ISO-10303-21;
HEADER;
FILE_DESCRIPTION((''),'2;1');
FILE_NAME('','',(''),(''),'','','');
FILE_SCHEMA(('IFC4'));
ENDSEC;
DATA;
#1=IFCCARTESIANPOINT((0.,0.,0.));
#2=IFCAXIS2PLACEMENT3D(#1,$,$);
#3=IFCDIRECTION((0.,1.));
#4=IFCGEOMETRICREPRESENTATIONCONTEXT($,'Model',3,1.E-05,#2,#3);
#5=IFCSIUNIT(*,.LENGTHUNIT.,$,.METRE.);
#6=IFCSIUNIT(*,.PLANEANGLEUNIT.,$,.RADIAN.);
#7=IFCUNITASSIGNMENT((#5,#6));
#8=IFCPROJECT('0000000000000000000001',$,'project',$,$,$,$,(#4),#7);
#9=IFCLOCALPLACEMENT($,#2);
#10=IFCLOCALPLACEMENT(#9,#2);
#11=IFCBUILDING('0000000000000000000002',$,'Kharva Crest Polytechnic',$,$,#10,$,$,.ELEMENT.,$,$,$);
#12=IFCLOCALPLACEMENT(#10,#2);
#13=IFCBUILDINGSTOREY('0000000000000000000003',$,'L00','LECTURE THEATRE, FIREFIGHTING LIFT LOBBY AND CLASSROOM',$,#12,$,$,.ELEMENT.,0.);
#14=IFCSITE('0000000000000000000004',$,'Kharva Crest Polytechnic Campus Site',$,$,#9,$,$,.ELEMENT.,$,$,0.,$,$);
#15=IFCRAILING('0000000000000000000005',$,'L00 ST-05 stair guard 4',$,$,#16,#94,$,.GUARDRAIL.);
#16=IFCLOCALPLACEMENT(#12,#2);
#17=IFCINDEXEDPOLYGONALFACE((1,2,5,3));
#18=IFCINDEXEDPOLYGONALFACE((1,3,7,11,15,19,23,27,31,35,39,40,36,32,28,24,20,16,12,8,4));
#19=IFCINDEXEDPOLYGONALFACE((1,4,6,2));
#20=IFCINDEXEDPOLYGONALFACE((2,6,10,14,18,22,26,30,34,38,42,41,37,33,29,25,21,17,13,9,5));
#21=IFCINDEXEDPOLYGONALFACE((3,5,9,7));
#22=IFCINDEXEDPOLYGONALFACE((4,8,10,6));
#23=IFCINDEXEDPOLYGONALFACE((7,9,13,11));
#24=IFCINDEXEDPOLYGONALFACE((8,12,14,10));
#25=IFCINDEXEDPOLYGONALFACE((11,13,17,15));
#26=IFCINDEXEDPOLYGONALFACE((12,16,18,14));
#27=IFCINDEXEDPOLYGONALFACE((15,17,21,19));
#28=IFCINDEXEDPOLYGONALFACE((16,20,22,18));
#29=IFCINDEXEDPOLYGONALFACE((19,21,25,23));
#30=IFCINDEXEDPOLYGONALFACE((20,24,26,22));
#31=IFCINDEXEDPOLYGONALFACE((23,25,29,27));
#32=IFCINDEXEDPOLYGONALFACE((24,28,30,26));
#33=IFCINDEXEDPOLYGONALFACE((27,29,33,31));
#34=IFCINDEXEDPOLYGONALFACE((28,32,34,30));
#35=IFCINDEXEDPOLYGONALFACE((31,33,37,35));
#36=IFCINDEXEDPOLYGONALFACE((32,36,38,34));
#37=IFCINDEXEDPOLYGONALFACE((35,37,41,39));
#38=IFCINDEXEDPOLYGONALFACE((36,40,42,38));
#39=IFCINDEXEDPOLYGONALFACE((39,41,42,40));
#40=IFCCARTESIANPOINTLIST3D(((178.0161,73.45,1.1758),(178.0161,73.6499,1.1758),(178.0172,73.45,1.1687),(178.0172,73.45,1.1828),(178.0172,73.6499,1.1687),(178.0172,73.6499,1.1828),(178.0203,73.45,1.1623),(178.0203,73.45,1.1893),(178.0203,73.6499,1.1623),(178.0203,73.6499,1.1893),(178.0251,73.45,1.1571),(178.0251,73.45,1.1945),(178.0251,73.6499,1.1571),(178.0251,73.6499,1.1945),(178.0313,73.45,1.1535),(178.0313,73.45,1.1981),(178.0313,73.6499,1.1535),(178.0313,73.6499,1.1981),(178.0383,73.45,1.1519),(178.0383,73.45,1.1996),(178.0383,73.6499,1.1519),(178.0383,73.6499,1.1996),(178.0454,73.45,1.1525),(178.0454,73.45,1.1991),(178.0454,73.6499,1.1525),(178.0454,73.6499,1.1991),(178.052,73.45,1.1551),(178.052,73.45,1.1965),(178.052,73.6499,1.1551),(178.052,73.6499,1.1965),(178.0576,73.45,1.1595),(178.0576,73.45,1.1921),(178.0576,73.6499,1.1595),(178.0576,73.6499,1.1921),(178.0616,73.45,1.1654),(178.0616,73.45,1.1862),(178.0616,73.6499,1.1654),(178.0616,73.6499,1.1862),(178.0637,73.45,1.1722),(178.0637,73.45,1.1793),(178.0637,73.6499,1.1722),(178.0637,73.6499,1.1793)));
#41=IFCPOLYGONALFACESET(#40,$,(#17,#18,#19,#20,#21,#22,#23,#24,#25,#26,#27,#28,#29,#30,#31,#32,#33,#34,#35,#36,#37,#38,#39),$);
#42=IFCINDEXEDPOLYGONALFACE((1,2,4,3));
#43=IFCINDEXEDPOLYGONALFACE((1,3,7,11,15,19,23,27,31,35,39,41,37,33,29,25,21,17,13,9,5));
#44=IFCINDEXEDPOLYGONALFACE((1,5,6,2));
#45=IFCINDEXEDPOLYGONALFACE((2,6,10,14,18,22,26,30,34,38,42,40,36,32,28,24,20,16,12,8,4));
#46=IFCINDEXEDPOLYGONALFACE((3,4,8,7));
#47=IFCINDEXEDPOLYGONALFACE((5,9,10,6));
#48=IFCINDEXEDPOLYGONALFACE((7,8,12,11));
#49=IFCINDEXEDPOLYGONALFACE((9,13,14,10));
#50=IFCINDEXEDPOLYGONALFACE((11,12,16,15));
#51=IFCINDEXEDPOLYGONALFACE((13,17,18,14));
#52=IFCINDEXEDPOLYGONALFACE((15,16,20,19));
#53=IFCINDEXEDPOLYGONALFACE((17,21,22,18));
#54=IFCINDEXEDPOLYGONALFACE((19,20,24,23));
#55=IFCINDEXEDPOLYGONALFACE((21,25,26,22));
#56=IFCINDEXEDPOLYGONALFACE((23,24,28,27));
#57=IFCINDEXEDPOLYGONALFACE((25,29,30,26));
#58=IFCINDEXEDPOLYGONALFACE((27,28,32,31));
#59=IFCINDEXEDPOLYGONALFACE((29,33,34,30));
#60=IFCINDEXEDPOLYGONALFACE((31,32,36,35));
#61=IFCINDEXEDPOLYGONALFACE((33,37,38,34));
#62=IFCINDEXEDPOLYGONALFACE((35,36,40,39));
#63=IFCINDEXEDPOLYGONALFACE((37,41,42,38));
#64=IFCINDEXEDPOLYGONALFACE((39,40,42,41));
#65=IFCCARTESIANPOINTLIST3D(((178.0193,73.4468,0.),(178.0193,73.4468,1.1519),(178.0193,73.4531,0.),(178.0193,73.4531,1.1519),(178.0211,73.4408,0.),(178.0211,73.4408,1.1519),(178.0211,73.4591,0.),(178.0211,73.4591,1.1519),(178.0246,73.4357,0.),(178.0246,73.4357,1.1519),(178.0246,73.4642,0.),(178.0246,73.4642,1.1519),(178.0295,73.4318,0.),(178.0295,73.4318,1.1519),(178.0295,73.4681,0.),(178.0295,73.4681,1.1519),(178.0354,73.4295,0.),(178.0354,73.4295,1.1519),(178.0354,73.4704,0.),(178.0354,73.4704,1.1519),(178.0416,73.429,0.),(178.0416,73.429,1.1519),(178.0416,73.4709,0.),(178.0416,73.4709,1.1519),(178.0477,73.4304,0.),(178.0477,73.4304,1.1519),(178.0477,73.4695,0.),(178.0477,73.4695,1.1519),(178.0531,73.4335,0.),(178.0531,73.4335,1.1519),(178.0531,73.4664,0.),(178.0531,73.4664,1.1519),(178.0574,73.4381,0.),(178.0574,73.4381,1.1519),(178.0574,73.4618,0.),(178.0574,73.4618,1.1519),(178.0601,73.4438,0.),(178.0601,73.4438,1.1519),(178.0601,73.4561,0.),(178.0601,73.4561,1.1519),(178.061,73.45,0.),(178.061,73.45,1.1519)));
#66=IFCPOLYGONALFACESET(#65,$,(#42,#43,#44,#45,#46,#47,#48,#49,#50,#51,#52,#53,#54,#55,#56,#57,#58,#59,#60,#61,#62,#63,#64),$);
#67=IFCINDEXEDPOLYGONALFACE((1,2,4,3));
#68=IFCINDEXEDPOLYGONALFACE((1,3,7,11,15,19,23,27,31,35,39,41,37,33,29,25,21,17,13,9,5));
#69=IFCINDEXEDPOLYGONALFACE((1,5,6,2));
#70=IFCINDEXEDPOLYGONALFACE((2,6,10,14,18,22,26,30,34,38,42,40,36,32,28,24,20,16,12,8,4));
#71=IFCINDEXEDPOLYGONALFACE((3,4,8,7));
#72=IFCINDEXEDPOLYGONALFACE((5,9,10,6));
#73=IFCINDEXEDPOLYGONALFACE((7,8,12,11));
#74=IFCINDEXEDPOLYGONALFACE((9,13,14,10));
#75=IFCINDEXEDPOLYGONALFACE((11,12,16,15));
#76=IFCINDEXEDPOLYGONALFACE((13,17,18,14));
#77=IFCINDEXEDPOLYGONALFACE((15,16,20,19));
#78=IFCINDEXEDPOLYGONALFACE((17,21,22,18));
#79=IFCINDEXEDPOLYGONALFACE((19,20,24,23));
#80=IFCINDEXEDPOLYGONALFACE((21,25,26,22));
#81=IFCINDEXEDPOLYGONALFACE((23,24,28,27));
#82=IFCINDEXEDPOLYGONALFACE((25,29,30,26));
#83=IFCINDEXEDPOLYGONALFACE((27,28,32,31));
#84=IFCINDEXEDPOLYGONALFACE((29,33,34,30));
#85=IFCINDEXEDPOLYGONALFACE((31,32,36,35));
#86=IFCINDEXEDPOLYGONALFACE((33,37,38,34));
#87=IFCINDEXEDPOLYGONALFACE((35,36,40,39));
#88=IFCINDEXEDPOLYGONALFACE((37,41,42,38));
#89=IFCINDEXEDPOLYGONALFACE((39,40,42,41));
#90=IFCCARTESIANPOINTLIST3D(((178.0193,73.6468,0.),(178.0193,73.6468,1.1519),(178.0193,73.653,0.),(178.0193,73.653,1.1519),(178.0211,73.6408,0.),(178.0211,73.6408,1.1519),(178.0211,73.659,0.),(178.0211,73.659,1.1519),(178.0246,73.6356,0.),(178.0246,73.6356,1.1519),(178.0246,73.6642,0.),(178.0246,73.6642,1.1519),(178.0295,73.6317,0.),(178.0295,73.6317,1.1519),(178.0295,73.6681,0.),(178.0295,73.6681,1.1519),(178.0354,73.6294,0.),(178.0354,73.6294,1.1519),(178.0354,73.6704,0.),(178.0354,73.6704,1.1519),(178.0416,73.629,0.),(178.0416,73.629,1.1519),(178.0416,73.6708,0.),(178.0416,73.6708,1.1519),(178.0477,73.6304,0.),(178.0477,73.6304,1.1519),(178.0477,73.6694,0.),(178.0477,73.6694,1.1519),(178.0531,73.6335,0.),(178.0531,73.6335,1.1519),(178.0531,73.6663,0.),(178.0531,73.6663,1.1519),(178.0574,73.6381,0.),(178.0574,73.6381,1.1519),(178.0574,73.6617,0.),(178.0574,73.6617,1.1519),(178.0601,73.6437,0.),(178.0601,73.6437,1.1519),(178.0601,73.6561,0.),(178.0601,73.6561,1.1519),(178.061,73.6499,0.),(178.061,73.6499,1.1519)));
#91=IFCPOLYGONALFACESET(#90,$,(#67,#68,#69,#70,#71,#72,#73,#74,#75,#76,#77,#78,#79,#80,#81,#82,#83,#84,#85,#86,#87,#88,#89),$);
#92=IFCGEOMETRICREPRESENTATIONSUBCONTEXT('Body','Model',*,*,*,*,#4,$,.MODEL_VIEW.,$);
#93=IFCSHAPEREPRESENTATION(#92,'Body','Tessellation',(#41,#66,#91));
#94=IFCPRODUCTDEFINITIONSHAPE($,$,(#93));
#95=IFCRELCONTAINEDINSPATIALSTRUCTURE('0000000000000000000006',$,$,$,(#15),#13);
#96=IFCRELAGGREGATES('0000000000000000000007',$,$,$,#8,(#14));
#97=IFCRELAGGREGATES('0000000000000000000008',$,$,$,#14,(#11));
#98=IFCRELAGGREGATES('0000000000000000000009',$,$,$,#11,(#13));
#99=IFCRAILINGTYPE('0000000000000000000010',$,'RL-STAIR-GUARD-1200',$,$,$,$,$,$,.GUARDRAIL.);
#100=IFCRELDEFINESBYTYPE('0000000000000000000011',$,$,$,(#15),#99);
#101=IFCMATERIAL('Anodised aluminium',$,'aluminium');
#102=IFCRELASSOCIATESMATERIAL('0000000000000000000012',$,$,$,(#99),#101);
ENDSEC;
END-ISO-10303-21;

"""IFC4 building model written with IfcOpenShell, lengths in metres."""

from ifc_helpers import new_model, si_unit, direction, frame, origin, origin_2d, place, context, subcontext, project, spatial, circle, extrude, material, type_object, element, save


model = new_model("IFC4")

# Units and contexts
model_context = context("Model", 3, precision=1e-05, world=origin(), true_north=direction((0.0, 1.0)))
body_context = subcontext(model_context, "Body", "Model", "MODEL_VIEW")
ifc_project = project(units=[si_unit("LENGTHUNIT", "METRE"), si_unit("PLANEANGLEUNIT", "RADIAN")], contexts=[model_context])

# Site, building, storey
site_placement = place(None, origin())
site = spatial("IfcSite", under=ifc_project, at=site_placement, Name="Kharva Crest Polytechnic Campus Site", CompositionType="ELEMENT", RefElevation=0.0)
building_placement = place(site_placement, origin())
building = spatial("IfcBuilding", under=site, at=building_placement, Name="Kharva Crest Polytechnic", CompositionType="ELEMENT")
storey_placement = place(building_placement, origin())
storey = spatial("IfcBuildingStorey", under=building, at=storey_placement, Name="L00", Description="LECTURE THEATRE, FIREFIGHTING LIFT LOBBY AND CLASSROOM", CompositionType="ELEMENT", Elevation=0.0)

# Railing
ifc_material_1 = material(Name="Anodised aluminium", Category="aluminium")
railing_type_1 = type_object("IfcRailingType", Name="RL-STAIR-GUARD-1200", PredefinedType="GUARDRAIL", material=ifc_material_1)
railing_1_placement = place(storey_placement, frame((178.04, 73.45, 0.0)))
element("IfcRailing", 1, at=railing_1_placement, inside=storey, type_object=railing_type_1, Name="L00 ST-05 stair guard 4", PredefinedType="GUARDRAIL", context=body_context, shape_type="SweptSolid", body=[
    extrude(circle(Radius=0.0239, at=origin_2d()), frame((0.0, 0.0, 1.1758), z_axis=(0.0, 1.0, 0.0), x_axis=(-1.0, 0.0, 0.0)), (0.0, 0.0, 1.0), 0.2),
    extrude(circle(Radius=0.021, at=origin_2d()), origin(), (0.0, 0.0, 1.0), 1.1519),
    extrude(circle(Radius=0.021, at=origin_2d()), frame((0.0, 0.2, 0.0)), (0.0, 0.0, 1.0), 1.1519),
])

save(model, "model.ifc")
